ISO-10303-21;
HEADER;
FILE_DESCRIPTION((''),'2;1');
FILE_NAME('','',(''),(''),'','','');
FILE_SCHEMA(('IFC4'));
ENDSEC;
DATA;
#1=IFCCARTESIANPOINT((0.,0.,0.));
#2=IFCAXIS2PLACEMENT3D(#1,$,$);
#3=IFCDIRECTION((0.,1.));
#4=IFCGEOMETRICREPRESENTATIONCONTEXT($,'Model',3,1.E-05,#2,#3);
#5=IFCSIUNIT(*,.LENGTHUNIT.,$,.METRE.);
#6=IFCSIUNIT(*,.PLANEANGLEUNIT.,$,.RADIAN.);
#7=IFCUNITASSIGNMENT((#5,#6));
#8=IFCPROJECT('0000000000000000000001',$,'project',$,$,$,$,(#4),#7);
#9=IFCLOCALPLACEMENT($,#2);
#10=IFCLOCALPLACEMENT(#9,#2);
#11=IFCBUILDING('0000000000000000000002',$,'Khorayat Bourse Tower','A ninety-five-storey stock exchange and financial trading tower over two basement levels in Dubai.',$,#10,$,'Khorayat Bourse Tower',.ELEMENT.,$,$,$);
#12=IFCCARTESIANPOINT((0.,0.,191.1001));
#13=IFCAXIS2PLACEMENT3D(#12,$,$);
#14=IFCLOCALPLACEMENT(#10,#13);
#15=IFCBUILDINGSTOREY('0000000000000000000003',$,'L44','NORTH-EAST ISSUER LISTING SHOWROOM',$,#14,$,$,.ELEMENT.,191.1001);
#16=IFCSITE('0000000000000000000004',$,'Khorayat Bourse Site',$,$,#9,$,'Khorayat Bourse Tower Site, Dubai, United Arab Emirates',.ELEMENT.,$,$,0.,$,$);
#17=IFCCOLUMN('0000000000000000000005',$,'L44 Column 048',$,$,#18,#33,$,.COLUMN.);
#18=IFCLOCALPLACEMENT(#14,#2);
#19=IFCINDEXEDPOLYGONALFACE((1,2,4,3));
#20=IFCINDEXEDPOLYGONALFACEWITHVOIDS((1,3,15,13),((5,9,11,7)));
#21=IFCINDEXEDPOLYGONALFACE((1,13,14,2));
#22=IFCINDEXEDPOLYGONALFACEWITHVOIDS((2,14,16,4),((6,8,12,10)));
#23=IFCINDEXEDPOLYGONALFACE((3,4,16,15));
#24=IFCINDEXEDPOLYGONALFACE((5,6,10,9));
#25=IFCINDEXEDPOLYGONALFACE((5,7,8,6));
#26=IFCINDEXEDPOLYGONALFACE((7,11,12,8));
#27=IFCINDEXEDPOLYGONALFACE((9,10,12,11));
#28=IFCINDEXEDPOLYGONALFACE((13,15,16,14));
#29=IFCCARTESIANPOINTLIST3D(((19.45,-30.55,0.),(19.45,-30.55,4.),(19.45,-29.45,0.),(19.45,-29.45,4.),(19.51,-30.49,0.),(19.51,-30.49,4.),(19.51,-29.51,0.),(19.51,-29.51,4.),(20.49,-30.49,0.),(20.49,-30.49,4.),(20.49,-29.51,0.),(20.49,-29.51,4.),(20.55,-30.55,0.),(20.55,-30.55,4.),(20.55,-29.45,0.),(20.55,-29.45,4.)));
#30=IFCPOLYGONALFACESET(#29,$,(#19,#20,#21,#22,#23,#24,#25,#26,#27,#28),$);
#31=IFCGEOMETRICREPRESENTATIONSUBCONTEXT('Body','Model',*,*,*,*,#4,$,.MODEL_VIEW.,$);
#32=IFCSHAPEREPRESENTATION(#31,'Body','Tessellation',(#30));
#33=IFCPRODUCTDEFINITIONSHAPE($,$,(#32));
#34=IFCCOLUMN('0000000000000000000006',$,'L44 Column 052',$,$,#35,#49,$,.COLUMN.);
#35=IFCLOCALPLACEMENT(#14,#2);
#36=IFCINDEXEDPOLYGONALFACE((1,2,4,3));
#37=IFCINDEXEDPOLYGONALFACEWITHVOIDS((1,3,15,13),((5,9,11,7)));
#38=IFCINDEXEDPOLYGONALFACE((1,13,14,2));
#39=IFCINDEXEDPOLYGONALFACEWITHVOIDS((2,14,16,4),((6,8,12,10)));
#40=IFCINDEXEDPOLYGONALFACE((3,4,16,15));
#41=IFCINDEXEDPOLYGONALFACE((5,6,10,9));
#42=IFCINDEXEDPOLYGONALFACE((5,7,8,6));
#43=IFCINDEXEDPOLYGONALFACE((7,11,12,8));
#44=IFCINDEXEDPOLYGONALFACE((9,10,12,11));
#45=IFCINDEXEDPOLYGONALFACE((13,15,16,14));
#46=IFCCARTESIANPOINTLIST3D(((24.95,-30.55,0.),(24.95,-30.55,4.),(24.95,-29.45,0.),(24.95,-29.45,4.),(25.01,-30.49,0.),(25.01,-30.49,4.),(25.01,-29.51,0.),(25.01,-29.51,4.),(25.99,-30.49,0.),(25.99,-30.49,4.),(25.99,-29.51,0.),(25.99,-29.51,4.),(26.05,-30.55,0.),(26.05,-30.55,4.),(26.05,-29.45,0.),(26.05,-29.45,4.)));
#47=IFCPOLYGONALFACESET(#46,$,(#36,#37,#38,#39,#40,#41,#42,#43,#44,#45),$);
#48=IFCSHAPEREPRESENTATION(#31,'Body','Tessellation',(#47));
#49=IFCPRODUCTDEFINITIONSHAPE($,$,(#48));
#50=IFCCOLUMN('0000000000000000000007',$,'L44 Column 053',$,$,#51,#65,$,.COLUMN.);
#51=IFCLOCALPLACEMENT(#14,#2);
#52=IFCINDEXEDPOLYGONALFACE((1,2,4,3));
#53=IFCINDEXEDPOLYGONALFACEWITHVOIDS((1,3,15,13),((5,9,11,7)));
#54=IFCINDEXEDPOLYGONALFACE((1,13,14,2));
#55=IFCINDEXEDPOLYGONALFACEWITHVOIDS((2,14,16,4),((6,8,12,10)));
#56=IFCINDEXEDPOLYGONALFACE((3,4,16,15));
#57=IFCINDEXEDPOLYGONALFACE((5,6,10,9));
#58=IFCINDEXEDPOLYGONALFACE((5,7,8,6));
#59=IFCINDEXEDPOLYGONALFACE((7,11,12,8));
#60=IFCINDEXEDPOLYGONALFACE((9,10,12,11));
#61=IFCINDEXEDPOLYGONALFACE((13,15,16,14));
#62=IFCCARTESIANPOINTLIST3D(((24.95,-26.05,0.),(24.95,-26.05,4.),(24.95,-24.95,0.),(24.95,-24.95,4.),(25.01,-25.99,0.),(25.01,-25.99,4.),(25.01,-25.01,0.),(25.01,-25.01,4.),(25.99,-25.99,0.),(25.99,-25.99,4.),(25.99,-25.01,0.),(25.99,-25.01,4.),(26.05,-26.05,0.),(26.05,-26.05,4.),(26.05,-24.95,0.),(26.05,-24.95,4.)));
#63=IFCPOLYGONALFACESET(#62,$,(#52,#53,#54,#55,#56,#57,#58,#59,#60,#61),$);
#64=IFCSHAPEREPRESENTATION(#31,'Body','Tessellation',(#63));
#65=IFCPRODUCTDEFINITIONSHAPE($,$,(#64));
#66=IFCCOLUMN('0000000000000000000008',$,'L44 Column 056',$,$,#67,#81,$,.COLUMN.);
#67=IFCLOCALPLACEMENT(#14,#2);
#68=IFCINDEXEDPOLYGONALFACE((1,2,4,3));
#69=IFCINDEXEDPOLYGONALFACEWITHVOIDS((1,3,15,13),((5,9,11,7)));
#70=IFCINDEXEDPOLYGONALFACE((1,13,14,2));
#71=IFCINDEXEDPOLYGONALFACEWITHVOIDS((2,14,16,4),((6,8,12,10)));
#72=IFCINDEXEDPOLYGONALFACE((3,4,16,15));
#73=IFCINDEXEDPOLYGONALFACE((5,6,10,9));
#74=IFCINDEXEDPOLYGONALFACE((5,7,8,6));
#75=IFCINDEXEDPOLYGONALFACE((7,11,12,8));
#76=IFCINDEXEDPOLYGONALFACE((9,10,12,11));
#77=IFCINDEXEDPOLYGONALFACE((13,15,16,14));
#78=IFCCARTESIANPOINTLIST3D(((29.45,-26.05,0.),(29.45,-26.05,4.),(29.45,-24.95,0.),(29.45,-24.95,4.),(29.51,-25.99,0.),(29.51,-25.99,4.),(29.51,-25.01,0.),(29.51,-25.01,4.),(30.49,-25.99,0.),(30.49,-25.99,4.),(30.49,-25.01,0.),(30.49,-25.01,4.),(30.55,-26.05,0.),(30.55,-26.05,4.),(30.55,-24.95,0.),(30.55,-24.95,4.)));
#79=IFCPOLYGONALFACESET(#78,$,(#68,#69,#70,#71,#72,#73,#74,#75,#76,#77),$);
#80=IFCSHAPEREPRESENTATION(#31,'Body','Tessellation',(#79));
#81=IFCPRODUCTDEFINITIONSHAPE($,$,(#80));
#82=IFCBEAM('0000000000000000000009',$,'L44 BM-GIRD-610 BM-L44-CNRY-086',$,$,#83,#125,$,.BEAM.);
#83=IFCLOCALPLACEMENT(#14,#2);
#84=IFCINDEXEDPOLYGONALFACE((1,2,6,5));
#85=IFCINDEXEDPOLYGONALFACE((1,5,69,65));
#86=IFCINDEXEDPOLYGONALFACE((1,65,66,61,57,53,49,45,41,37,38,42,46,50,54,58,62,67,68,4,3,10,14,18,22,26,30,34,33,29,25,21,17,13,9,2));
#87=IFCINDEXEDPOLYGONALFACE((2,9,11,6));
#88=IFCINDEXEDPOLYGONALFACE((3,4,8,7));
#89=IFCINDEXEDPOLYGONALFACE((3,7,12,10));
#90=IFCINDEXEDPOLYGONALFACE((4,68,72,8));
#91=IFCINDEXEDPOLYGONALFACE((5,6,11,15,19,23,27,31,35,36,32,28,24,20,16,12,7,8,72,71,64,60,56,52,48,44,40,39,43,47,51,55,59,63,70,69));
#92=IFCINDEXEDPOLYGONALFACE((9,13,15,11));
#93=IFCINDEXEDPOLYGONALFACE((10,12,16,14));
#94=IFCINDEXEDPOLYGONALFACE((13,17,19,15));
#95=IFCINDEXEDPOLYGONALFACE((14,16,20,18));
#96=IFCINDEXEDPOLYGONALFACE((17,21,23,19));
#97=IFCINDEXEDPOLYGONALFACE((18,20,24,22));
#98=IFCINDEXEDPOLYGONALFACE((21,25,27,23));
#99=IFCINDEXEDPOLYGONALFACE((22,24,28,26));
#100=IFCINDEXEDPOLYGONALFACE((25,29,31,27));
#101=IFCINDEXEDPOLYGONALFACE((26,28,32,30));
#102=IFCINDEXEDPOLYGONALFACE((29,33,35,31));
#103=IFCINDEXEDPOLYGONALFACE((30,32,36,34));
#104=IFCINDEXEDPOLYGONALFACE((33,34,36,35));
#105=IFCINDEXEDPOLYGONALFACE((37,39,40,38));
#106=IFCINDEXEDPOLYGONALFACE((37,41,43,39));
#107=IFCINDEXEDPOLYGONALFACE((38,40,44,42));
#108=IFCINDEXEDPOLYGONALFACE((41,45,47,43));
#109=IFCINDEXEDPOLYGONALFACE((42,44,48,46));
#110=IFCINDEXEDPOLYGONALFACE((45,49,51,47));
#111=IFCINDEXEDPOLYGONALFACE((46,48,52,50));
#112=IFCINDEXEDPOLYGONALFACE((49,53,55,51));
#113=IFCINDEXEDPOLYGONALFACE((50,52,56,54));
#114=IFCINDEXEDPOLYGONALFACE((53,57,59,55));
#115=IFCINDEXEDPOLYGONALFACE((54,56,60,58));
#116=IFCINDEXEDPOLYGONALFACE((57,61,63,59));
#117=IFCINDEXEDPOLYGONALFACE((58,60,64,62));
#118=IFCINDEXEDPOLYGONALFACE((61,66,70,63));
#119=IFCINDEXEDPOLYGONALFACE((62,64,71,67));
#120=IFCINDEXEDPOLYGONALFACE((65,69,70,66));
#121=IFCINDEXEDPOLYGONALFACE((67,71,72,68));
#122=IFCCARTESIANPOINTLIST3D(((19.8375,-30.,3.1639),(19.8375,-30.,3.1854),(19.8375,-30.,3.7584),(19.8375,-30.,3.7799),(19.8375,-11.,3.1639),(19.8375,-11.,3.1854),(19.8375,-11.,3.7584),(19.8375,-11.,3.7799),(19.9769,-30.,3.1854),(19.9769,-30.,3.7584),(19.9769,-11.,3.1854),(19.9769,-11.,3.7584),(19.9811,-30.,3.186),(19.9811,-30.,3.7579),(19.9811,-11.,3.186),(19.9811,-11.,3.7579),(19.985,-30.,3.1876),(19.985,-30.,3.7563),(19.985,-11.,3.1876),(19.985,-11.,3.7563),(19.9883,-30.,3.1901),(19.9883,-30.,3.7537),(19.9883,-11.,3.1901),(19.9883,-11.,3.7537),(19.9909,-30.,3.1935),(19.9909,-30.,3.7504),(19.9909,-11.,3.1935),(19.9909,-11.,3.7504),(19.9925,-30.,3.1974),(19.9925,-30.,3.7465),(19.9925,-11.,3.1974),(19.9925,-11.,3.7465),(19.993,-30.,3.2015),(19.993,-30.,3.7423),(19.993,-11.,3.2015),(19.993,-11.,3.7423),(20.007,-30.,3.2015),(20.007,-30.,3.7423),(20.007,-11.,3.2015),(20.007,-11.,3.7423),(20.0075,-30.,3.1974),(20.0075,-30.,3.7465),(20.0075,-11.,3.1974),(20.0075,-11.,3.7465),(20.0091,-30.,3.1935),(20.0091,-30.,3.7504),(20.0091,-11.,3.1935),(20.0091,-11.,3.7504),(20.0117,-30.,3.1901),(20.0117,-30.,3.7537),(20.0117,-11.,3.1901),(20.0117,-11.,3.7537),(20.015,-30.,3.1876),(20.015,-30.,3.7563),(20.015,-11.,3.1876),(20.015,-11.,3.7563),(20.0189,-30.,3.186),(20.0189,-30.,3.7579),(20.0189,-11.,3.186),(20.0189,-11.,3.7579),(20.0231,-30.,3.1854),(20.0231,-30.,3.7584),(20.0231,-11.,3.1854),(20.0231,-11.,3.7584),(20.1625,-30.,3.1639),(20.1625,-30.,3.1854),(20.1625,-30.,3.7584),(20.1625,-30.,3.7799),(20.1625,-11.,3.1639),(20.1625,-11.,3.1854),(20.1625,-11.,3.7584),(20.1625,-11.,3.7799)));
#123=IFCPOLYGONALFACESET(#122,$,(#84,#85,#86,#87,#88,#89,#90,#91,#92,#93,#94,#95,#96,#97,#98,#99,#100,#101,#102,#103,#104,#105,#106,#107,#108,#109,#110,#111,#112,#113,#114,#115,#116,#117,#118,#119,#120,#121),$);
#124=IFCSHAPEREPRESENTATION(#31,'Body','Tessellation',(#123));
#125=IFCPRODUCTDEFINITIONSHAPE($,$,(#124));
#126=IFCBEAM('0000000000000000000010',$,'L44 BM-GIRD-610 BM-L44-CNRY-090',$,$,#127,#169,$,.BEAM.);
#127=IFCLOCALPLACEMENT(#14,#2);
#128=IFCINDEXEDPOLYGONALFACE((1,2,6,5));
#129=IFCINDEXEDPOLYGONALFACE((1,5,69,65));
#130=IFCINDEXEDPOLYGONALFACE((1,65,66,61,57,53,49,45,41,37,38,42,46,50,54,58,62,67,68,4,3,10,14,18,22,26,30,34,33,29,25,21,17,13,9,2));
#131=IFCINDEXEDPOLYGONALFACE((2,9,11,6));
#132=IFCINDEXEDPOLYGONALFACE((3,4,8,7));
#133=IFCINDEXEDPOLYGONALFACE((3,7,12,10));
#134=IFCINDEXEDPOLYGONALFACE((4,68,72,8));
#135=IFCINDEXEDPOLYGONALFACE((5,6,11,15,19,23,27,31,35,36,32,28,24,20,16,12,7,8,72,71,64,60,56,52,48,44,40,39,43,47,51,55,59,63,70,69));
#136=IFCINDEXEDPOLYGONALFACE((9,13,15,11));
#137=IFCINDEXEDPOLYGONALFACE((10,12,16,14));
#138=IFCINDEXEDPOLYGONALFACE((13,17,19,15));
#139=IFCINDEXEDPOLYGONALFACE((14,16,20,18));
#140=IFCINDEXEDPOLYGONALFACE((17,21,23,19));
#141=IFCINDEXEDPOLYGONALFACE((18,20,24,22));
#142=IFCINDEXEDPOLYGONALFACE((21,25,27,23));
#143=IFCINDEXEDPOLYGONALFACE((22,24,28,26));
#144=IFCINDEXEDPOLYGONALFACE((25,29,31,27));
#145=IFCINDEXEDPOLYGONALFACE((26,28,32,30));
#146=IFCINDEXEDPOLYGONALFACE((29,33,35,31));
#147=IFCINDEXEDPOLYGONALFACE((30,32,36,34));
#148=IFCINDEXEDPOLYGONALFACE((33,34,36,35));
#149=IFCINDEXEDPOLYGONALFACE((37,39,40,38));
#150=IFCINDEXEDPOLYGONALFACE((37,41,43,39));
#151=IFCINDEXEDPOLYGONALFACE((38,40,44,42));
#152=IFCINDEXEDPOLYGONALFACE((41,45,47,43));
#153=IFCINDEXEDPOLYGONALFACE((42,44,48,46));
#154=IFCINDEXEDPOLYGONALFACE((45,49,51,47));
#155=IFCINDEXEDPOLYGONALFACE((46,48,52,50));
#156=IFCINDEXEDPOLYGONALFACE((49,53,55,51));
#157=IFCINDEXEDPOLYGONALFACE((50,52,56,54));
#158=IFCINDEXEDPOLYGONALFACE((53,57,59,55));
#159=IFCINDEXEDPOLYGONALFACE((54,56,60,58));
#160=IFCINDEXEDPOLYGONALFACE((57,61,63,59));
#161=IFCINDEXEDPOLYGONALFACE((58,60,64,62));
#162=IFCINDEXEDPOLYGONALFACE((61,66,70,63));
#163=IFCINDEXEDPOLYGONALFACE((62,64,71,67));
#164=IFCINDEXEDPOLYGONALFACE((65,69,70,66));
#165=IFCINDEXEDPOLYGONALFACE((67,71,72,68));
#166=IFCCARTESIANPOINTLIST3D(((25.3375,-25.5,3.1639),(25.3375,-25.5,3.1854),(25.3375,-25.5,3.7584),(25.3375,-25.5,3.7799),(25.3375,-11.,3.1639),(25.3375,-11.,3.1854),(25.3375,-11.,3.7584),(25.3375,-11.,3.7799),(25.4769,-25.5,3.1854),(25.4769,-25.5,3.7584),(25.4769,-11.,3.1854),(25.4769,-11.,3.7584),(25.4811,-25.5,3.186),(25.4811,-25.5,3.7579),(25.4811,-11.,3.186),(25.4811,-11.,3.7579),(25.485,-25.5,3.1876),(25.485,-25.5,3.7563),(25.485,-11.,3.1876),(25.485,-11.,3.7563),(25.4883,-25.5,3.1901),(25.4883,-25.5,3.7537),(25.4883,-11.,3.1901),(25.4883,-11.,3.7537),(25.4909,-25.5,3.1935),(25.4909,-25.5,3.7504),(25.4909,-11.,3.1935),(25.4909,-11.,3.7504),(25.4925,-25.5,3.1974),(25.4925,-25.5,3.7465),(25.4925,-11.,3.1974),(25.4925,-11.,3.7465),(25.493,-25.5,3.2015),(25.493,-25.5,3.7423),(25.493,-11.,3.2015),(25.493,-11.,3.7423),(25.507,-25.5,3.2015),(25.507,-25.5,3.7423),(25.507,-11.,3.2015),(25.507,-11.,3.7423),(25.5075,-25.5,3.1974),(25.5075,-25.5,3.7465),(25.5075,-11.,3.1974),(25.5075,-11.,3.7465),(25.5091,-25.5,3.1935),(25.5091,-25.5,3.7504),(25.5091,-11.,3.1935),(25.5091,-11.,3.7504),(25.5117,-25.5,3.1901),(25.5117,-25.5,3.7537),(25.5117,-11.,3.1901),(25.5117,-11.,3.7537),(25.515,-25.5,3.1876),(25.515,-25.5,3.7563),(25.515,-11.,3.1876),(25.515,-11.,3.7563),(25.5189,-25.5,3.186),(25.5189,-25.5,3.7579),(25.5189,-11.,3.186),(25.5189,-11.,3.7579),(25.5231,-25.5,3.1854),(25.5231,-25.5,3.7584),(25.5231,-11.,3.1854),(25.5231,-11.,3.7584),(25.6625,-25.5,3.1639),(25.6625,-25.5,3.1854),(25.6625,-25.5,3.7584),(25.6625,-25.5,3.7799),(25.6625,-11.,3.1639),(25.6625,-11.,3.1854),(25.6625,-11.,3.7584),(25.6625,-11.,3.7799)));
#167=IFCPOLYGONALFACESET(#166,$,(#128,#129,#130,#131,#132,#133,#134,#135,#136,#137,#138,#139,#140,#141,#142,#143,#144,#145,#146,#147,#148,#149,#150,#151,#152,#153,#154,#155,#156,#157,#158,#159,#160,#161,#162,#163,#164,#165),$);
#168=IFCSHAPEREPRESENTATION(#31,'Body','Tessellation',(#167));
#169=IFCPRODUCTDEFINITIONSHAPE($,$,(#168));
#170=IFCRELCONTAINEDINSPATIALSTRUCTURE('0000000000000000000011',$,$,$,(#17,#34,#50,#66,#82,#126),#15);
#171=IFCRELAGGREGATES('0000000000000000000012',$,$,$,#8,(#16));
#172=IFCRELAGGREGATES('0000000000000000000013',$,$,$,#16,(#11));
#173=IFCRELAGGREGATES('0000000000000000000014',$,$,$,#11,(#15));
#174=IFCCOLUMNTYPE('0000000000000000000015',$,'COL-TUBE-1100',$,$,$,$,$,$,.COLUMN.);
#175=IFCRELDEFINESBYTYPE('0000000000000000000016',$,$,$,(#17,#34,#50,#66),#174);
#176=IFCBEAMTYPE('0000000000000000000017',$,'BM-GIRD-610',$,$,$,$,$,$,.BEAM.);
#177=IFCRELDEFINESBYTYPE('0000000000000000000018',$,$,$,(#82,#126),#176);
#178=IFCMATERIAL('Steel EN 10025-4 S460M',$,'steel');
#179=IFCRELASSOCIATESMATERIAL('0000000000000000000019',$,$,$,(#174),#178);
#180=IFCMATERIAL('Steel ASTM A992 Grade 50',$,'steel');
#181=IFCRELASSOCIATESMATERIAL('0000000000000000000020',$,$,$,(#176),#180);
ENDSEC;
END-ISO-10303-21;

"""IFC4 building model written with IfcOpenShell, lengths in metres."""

from ifc_helpers import new_model, si_unit, direction, frame, origin, origin_2d, place, context, subcontext, project, spatial, hollow_rectangle, i_section, extrude, source, transform, mapped, material, material_profile, profile_set, type_object, element, save


model = new_model("IFC4")

# Units and contexts
model_context = context("Model", 3, precision=1e-05, world=origin(), true_north=direction((0.0, 1.0)))
body_context = subcontext(model_context, "Body", "Model", "MODEL_VIEW")
ifc_project = project(units=[si_unit("LENGTHUNIT", "METRE"), si_unit("PLANEANGLEUNIT", "RADIAN")], contexts=[model_context])

# Site, building, storey
site_placement = place(None, origin())
site = spatial("IfcSite", under=ifc_project, at=site_placement, Name="Khorayat Bourse Site", LongName="Khorayat Bourse Tower Site, Dubai, United Arab Emirates", CompositionType="ELEMENT", RefElevation=0.0)
building_placement = place(site_placement, origin())
building = spatial("IfcBuilding", under=site, at=building_placement, Name="Khorayat Bourse Tower", Description="A ninety-five-storey stock exchange and financial trading tower over two basement levels in Dubai.", LongName="Khorayat Bourse Tower", CompositionType="ELEMENT")
storey_placement = place(building_placement, frame((0.0, 0.0, 191.1001)))
storey = spatial("IfcBuildingStorey", under=building, at=storey_placement, Name="L44", Description="NORTH-EAST ISSUER LISTING SHOWROOM", CompositionType="ELEMENT", Elevation=191.1001)

# Columns
ifc_material_1 = material(Name="Steel EN 10025-4 S460M", Category="steel")
ifc_material_profile_1 = material_profile(ifc_material_1, hollow_rectangle(XDim=1.1001, YDim=1.1001, WallThickness=0.0601, at=origin_2d()), Name="BOX 1100x1100x60")
ifc_profile_set_1 = profile_set([ifc_material_profile_1], Name="Steel EN 10025-4 S460M")
column_type = type_object("IfcColumnType", Name="COL-TUBE-1100", PredefinedType="COLUMN", material=ifc_profile_set_1)
shared_shape_1 = source(origin(), body_context, "Body", "SweptSolid", [
    extrude(hollow_rectangle(XDim=1.1001, YDim=1.1001, WallThickness=0.0601, at=origin_2d()), origin(), (0.0, 0.0, 1.0), 4.0),
])
for number, where, z_axis, x_axis, name in (
    (1, (20.0, -30.0, 0.0), (0.0, 0.0, 1.0), (1.0, 0.0, 0.0), "L44 Column 048"),
    (2, (25.5, -30.0, 0.0), (0.0, 0.0, 1.0), (1.0, 0.0, 0.0), "L44 Column 052"),
    (3, (25.5, -25.5, 0.0), (0.0, 0.0, 1.0), (1.0, 0.0, 0.0), "L44 Column 053"),
    (4, (30.0, -25.5, 0.0), (0.0, 0.0, 1.0), (1.0, 0.0, 0.0), "L44 Column 056"),
):
    element("IfcColumn", number, at=place(storey_placement, frame(where, z_axis=z_axis, x_axis=x_axis)), inside=storey, type_object=column_type, Name=name, PredefinedType="COLUMN", context=body_context, shape_type="MappedRepresentation", body=[
        mapped(shared_shape_1, transform((0.0, 0.0, 0.0), scale=1.0)),
    ])

# Beams
ifc_material_2 = material(Name="Steel ASTM A992 Grade 50", Category="steel")
ifc_material_profile_2 = material_profile(ifc_material_2, i_section(OverallWidth=0.325, OverallDepth=0.616, WebThickness=0.0139, FlangeThickness=0.0215, FilletRadius=0.0161, at=origin_2d()), Name="W610X174")
ifc_profile_set_2 = profile_set([ifc_material_profile_2], Name="Steel ASTM A992 Grade 50")
beam_type_1 = type_object("IfcBeamType", Name="BM-GIRD-610", PredefinedType="BEAM", material=ifc_profile_set_2)
shared_shape_2 = source(origin(), body_context, "Body", "SweptSolid", [
    extrude(i_section(OverallWidth=0.325, OverallDepth=0.616, WebThickness=0.0139, FlangeThickness=0.0215, FilletRadius=0.0161, at=origin_2d()), origin(), (0.0, 0.0, 1.0), 19.0),
])
beam_1_placement = place(storey_placement, frame((20.0, -30.0, 3.4719), z_axis=(0.0, 1.0, 0.0), x_axis=(-1.0, 0.0, 0.0)))
element("IfcBeam", 5, at=beam_1_placement, inside=storey, type_object=beam_type_1, Name="L44 BM-GIRD-610 BM-L44-CNRY-086", PredefinedType="BEAM", context=body_context, shape_type="MappedRepresentation", body=[
    mapped(shared_shape_2, transform((0.0, 0.0, 0.0), scale=1.0)),
])
shared_shape_3 = source(origin(), body_context, "Body", "SweptSolid", [
    extrude(i_section(OverallWidth=0.325, OverallDepth=0.616, WebThickness=0.0139, FlangeThickness=0.0215, FilletRadius=0.0161, at=origin_2d()), origin(), (0.0, 0.0, 1.0), 14.5),
])
beam_2_placement = place(storey_placement, frame((25.5, -25.5, 3.4719), z_axis=(0.0, 1.0, 0.0), x_axis=(-1.0, 0.0, 0.0)))
element("IfcBeam", 6, at=beam_2_placement, inside=storey, type_object=beam_type_1, Name="L44 BM-GIRD-610 BM-L44-CNRY-090", PredefinedType="BEAM", context=body_context, shape_type="MappedRepresentation", body=[
    mapped(shared_shape_3, transform((0.0, 0.0, 0.0), scale=1.0)),
])

save(model, "model.ifc")
